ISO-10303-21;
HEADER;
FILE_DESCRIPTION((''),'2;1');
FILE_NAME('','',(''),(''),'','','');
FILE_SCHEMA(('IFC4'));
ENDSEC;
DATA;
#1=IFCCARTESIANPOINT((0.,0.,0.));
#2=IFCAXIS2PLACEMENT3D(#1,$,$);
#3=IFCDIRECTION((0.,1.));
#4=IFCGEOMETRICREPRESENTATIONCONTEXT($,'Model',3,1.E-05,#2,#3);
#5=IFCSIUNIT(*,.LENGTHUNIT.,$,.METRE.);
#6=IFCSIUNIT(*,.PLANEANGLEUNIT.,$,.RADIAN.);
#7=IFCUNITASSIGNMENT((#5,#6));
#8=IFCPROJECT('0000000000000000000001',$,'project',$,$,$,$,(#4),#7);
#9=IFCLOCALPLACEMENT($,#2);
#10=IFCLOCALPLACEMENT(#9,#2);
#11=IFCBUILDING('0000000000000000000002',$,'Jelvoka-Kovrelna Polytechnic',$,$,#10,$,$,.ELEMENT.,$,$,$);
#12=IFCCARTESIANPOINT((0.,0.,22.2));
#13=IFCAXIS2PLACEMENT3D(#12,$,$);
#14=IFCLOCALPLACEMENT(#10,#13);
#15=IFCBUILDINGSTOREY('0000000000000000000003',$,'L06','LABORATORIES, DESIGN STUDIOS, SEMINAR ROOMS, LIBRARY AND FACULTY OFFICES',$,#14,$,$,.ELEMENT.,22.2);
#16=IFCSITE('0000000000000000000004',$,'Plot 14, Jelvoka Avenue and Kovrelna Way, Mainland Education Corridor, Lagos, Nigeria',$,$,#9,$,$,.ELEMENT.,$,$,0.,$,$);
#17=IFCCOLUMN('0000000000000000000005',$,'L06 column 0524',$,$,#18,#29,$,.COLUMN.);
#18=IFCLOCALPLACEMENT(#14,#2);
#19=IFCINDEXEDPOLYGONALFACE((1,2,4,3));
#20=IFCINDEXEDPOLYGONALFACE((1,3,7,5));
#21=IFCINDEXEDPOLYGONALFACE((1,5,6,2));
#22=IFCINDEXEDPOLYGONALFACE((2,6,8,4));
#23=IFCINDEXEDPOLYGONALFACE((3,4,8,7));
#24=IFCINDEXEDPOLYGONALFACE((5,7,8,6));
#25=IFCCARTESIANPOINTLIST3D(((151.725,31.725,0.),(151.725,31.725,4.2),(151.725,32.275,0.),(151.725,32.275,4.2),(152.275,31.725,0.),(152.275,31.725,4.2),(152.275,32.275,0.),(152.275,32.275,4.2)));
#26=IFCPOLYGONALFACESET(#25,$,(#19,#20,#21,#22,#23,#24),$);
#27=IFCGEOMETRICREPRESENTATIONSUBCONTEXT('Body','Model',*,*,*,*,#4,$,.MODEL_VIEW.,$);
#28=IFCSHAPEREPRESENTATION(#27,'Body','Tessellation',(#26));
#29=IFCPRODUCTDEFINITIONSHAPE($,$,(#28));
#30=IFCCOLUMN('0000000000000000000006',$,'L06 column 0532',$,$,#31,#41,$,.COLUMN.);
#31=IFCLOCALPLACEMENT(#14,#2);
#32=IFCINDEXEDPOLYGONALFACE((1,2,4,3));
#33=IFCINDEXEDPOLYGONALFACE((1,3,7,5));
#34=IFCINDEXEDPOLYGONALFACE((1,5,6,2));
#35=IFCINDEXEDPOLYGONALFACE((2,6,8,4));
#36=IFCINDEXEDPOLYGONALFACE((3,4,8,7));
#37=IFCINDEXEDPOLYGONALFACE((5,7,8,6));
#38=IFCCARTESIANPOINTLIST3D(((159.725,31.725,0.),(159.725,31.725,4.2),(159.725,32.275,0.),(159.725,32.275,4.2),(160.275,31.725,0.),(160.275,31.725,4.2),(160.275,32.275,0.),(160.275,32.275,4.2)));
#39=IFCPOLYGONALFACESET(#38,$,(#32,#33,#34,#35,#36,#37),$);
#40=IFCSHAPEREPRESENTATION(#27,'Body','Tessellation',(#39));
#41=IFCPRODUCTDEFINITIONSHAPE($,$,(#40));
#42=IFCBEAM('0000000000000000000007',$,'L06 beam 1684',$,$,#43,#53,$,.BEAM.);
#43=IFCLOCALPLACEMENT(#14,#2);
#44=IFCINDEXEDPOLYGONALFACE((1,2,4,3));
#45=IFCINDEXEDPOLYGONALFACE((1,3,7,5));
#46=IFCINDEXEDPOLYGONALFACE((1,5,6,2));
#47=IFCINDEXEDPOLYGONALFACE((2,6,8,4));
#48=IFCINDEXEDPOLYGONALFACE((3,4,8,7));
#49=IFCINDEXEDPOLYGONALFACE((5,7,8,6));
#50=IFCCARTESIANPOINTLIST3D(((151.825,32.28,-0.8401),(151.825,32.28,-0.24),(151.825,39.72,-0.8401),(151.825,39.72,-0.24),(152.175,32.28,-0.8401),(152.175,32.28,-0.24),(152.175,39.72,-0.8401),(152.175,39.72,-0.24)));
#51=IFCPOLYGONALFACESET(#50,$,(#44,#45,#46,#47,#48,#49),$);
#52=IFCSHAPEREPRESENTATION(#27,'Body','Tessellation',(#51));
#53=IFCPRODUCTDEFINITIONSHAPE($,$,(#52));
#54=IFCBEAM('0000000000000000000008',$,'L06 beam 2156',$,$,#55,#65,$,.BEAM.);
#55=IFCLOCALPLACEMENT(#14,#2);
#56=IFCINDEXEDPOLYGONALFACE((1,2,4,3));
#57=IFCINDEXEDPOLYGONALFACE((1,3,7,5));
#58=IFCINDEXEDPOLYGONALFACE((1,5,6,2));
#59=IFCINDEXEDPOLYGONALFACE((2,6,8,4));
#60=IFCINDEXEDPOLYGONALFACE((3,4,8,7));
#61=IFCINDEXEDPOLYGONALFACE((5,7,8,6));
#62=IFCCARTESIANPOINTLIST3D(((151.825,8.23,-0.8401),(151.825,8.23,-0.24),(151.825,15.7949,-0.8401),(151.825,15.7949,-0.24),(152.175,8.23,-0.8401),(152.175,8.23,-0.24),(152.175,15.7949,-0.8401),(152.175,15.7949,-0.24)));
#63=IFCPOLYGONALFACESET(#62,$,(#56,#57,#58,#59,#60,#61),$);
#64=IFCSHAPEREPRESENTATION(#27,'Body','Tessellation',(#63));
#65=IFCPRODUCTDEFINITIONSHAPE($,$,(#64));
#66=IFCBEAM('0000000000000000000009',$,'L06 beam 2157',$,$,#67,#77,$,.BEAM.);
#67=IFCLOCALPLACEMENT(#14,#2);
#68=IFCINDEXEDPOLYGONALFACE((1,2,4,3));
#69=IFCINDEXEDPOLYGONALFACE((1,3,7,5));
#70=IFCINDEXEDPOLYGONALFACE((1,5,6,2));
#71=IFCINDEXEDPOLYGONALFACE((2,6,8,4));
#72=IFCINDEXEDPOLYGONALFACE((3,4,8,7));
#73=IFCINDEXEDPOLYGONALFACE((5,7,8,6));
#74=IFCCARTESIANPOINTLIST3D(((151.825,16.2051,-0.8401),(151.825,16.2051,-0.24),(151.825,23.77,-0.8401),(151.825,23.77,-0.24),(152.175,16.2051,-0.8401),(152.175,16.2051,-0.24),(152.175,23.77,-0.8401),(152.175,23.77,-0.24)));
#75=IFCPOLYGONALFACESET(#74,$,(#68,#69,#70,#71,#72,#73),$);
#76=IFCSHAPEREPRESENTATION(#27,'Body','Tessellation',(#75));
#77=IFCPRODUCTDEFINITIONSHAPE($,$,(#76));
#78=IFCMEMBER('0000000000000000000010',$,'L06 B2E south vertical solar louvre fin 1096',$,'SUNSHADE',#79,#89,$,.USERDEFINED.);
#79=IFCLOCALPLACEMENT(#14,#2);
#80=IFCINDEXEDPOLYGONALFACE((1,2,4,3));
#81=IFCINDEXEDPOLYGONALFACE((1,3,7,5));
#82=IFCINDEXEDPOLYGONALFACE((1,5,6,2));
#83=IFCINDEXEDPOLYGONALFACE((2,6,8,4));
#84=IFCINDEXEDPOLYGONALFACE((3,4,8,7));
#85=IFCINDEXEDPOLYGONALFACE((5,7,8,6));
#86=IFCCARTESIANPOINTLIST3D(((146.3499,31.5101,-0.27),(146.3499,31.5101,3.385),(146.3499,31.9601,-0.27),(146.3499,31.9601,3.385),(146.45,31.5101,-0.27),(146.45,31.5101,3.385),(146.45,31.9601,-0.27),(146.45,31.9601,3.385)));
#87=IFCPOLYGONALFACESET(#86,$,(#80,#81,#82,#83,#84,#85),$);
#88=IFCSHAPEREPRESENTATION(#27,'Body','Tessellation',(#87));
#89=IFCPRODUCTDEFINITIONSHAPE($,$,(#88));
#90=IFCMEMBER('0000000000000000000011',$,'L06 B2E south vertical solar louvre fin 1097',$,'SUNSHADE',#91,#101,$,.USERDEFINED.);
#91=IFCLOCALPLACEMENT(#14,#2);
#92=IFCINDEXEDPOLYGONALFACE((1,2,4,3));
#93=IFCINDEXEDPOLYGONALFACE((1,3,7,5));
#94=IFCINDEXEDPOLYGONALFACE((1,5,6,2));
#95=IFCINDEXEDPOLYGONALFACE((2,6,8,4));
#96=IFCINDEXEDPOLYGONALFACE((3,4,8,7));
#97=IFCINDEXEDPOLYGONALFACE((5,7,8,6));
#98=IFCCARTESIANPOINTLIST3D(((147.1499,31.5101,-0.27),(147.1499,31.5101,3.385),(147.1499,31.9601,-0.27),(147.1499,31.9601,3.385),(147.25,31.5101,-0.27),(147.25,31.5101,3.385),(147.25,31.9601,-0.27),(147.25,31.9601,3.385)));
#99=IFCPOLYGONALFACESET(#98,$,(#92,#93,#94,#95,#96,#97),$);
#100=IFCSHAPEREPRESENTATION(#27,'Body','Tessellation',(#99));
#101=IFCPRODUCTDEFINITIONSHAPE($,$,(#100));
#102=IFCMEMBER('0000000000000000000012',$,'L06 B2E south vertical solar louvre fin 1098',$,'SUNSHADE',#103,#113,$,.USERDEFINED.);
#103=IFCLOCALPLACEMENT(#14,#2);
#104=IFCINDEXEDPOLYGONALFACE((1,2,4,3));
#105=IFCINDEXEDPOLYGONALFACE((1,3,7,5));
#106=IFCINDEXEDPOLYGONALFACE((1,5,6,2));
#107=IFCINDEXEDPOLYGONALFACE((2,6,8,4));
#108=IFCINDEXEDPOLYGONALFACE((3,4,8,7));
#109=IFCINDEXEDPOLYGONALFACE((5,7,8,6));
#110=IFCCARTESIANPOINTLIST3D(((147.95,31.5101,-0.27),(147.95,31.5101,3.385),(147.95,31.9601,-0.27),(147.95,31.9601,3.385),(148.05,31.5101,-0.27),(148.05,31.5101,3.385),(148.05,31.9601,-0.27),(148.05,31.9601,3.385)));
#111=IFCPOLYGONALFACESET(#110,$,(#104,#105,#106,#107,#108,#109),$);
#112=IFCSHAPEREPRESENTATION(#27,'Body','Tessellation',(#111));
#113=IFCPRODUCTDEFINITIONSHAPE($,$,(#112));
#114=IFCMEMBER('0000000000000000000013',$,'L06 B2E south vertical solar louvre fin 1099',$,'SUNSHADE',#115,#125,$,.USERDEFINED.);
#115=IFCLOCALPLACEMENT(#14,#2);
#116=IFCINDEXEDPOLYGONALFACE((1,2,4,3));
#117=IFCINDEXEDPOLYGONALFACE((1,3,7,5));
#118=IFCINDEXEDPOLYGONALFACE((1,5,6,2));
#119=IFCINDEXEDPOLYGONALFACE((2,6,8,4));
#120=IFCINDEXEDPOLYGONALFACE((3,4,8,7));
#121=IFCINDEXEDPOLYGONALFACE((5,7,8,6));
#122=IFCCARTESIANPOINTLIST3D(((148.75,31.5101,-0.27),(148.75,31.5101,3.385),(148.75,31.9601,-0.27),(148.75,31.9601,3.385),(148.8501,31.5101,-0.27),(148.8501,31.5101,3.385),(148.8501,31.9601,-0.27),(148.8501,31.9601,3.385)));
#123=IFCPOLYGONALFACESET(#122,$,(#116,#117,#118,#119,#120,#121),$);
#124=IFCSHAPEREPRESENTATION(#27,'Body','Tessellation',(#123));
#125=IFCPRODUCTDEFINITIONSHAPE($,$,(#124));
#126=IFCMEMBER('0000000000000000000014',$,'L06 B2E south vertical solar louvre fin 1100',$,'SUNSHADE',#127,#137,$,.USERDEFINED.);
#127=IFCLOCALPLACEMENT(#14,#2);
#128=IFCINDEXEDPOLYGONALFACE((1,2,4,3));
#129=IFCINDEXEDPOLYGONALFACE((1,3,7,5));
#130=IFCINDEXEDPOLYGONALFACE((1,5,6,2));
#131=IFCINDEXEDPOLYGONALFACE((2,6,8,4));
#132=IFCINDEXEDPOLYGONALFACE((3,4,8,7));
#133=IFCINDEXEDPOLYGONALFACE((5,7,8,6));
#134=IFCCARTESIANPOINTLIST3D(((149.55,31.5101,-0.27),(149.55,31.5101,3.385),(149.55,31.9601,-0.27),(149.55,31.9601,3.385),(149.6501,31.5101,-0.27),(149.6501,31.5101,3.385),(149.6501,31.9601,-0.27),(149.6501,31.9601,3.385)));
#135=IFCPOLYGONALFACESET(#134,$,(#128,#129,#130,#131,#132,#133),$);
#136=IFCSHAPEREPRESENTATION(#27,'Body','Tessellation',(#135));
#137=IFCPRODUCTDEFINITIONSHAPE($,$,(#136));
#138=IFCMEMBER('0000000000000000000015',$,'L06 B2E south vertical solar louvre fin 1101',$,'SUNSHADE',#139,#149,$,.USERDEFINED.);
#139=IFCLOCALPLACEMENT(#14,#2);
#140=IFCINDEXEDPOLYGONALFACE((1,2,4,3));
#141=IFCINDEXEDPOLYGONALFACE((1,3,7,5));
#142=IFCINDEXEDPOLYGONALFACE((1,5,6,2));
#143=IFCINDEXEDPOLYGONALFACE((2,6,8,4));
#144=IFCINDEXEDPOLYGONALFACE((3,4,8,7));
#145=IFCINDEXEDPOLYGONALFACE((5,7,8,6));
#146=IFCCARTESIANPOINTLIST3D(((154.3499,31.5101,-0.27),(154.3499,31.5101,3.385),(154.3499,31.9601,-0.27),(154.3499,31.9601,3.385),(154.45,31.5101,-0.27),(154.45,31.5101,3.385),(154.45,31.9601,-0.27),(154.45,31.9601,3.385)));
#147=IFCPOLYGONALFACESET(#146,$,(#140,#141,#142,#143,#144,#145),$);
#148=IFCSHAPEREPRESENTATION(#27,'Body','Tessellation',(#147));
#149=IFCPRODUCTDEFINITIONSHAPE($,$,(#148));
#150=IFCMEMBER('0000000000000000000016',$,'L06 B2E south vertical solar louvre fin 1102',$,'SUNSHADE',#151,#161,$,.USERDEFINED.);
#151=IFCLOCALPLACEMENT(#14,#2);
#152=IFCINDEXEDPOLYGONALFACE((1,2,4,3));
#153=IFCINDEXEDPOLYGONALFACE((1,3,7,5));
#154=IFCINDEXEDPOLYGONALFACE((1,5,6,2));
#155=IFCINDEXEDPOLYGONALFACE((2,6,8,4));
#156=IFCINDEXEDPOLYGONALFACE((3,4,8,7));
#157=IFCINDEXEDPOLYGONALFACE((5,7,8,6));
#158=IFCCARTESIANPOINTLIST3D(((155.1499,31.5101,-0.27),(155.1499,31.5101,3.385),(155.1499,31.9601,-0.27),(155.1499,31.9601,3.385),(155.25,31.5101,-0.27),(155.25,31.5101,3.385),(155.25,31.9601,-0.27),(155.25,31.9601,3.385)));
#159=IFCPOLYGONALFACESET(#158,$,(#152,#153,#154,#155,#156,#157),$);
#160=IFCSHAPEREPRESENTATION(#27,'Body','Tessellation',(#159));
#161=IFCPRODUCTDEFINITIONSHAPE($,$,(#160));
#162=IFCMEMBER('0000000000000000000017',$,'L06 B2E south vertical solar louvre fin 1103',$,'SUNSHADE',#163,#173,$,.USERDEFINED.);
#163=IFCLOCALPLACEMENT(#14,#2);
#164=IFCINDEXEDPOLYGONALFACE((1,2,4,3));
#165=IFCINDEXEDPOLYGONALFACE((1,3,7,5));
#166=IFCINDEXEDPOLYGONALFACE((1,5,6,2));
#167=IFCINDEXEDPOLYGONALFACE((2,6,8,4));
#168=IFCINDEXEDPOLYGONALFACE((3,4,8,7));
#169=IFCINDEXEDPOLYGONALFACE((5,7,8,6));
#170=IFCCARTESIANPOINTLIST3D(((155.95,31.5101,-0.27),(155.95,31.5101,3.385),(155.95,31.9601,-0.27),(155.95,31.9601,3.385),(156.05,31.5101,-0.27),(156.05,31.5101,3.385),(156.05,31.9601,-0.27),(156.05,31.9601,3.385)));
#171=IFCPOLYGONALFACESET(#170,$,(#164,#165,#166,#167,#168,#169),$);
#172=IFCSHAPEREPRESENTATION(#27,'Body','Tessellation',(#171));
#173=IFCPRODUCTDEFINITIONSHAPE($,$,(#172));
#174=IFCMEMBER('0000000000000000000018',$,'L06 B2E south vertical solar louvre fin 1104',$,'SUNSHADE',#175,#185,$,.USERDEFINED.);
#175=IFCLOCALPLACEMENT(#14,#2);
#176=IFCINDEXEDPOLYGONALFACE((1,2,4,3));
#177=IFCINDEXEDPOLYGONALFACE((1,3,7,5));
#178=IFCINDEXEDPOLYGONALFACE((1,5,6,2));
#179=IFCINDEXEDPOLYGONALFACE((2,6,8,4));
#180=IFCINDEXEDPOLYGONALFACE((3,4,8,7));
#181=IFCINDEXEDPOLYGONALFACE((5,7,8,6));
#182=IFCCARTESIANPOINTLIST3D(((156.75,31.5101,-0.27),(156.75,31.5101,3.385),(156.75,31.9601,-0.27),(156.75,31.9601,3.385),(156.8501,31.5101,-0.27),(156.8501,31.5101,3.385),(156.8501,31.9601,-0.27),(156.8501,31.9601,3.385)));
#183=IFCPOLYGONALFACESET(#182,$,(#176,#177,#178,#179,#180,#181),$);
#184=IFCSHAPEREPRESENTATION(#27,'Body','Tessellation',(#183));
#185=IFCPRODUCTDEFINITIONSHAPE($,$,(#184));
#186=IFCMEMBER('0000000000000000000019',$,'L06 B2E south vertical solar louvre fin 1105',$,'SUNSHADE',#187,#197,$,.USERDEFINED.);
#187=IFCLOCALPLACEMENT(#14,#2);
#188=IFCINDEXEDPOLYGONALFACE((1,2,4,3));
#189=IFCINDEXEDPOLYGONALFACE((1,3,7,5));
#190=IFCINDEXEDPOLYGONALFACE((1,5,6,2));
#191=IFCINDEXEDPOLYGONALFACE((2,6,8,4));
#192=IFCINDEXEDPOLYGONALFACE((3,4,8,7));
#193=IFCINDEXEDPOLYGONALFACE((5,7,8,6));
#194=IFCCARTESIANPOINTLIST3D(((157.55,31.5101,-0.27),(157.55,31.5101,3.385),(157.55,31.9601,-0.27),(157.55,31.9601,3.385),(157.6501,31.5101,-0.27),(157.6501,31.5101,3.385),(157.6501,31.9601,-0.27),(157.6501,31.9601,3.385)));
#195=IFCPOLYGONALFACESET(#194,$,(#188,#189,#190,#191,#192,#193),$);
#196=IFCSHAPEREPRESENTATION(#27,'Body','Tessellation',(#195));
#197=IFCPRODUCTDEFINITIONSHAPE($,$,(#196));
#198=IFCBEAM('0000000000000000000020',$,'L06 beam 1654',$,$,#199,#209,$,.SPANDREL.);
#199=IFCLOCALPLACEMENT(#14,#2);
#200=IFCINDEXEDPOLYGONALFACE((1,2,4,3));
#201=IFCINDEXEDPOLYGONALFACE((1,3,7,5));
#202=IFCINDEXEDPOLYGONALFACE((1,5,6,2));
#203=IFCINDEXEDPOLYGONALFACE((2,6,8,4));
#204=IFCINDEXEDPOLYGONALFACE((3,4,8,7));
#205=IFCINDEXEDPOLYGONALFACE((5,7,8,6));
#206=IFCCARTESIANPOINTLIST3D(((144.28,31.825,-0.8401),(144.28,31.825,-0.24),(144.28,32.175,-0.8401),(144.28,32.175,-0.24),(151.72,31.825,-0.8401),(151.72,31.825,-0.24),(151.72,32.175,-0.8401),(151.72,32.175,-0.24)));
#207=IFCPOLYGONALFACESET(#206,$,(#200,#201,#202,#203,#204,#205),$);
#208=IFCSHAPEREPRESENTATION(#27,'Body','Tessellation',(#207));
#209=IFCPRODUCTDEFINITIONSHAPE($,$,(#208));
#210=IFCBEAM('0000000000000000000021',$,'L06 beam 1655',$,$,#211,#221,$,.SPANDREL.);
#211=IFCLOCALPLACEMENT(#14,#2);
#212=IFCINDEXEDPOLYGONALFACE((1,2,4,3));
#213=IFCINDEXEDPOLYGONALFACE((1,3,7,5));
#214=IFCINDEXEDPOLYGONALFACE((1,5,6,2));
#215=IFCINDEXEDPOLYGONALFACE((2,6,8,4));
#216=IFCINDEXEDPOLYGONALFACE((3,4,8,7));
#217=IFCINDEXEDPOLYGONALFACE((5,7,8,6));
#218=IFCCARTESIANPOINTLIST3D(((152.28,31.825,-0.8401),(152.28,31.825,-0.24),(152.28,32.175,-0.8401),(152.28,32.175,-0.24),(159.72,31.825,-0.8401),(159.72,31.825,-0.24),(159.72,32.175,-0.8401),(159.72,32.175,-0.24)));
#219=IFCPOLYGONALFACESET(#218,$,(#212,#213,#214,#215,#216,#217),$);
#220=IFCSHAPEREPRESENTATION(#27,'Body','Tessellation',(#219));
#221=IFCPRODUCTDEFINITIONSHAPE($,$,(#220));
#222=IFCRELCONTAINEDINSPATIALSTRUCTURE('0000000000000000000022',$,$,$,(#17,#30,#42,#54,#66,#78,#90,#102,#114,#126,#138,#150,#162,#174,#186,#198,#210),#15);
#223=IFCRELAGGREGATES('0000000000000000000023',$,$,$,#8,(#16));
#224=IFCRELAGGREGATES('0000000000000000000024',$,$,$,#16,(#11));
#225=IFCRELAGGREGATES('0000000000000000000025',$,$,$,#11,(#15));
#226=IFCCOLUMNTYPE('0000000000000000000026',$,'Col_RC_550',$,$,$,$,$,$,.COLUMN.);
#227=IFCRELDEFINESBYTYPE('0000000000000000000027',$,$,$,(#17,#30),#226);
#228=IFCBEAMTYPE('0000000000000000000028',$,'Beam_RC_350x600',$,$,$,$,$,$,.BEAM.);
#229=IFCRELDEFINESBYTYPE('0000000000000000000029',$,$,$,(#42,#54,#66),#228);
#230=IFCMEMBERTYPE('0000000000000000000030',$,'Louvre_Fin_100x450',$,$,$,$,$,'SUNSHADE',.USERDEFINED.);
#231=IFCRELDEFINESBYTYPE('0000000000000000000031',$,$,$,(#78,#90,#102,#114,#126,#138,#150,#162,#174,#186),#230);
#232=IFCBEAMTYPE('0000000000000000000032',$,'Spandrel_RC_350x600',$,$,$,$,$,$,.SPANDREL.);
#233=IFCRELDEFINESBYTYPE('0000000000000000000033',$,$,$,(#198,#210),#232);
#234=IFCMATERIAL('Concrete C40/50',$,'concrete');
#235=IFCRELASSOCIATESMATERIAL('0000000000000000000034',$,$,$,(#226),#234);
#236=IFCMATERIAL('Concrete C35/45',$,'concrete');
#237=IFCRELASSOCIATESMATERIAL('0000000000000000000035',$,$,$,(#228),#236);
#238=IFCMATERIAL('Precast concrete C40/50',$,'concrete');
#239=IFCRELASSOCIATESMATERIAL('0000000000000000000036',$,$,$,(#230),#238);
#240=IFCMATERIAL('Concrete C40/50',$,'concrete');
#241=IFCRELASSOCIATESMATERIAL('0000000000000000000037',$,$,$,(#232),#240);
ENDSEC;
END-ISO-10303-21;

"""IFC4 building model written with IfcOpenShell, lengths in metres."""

from ifc_helpers import new_model, si_unit, direction, frame, origin, origin_2d, place, context, subcontext, project, spatial, rectangle, extrude, material, material_profile, profile_set, type_object, element, save


model = new_model("IFC4")

# Units and contexts
model_context = context("Model", 3, precision=1e-05, world=origin(), true_north=direction((0.0, 1.0)))
body_context = subcontext(model_context, "Body", "Model", "MODEL_VIEW")
ifc_project = project(units=[si_unit("LENGTHUNIT", "METRE"), si_unit("PLANEANGLEUNIT", "RADIAN")], contexts=[model_context])

# Site, building, storey
site_placement = place(None, origin())
site = spatial("IfcSite", under=ifc_project, at=site_placement, Name="Plot 14, Jelvoka Avenue and Kovrelna Way, Mainland Education Corridor, Lagos, Nigeria", CompositionType="ELEMENT", RefElevation=0.0)
building_placement = place(site_placement, origin())
building = spatial("IfcBuilding", under=site, at=building_placement, Name="Jelvoka-Kovrelna Polytechnic", CompositionType="ELEMENT")
storey_placement = place(building_placement, frame((0.0, 0.0, 22.2)))
storey = spatial("IfcBuildingStorey", under=building, at=storey_placement, Name="L06", Description="LABORATORIES, DESIGN STUDIOS, SEMINAR ROOMS, LIBRARY AND FACULTY OFFICES", CompositionType="ELEMENT", Elevation=22.2)

# Columns
ifc_material_1 = material(Name="Concrete C40/50", Category="concrete")
ifc_material_profile_1 = material_profile(ifc_material_1, rectangle(XDim=0.55, YDim=0.55, at=origin_2d()), Name="RC 550x550")
ifc_profile_set_1 = profile_set([ifc_material_profile_1], Name="Concrete C40/50")
column_type = type_object("IfcColumnType", Name="Col_RC_550", PredefinedType="COLUMN", material=ifc_profile_set_1)
for number, where, z_axis, x_axis, name in (
    (1, (152.0, 32.0, 0.0), (0.0, 0.0, 1.0), (1.0, 0.0, 0.0), "L06 column 0524"),
    (2, (160.0, 32.0, 0.0), (0.0, 0.0, 1.0), (1.0, 0.0, 0.0), "L06 column 0532"),
):
    element("IfcColumn", number, at=place(storey_placement, frame(where, z_axis=z_axis, x_axis=x_axis)), inside=storey, type_object=column_type, Name=name, PredefinedType="COLUMN", context=body_context, shape_type="SweptSolid", body=[
        extrude(rectangle(XDim=0.55, YDim=0.55, at=origin_2d()), origin(), (0.0, 0.0, 1.0), 4.2),
    ])

# Beams
ifc_material_2 = material(Name="Concrete C35/45", Category="concrete")
ifc_material_profile_2 = material_profile(ifc_material_2, rectangle(XDim=0.3501, YDim=0.6001, at=origin_2d()), Name="RC 350x600")
ifc_profile_set_2 = profile_set([ifc_material_profile_2], Name="Concrete C35/45")
beam_type_1 = type_object("IfcBeamType", Name="Beam_RC_350x600", PredefinedType="BEAM", material=ifc_profile_set_2)
beam_placement = place(storey_placement, frame((152.0, 32.28, -0.54), z_axis=(0.0, 1.0, 0.0), x_axis=(-1.0, 0.0, 0.0)))
element("IfcBeam", 3, at=beam_placement, inside=storey, type_object=beam_type_1, Name="L06 beam 1684", PredefinedType="BEAM", context=body_context, shape_type="SweptSolid", body=[
    extrude(rectangle(XDim=0.3501, YDim=0.6001, at=origin_2d()), origin(), (0.0, 0.0, 1.0), 7.4399),
])
for number, where, z_axis, x_axis, name in (
    (4, (152.0, 8.23, -0.54), (0.0, 1.0, 0.0), (-1.0, 0.0, 0.0), "L06 beam 2156"),
    (5, (152.0, 16.2051, -0.54), (0.0, 1.0, 0.0), (-1.0, 0.0, 0.0), "L06 beam 2157"),
):
    element("IfcBeam", number, at=place(storey_placement, frame(where, z_axis=z_axis, x_axis=x_axis)), inside=storey, type_object=beam_type_1, Name=name, PredefinedType="BEAM", context=body_context, shape_type="SweptSolid", body=[
        extrude(rectangle(XDim=0.3501, YDim=0.6001, at=origin_2d()), origin(), (0.0, 0.0, 1.0), 7.5649),
    ])

# Members
ifc_material_3 = material(Name="Precast concrete C40/50", Category="concrete")
ifc_material_profile_3 = material_profile(ifc_material_3, rectangle(XDim=0.1001, YDim=0.45, at=origin_2d()), Name="PC 100x450")
ifc_profile_set_3 = profile_set([ifc_material_profile_3], Name="Precast concrete C40/50")
member_type = type_object("IfcMemberType", Name="Louvre_Fin_100x450", ElementType="SUNSHADE", PredefinedType="USERDEFINED", material=ifc_profile_set_3)
for number, where, z_axis, x_axis, name in (
    (6, (146.3999, 31.7351, -0.27), (0.0, 0.0, 1.0), (1.0, 0.0, 0.0), "L06 B2E south vertical solar louvre fin 1096"),
    (7, (147.2, 31.7351, -0.27), (0.0, 0.0, 1.0), (1.0, 0.0, 0.0), "L06 B2E south vertical solar louvre fin 1097"),
    (8, (148.0, 31.7351, -0.27), (0.0, 0.0, 1.0), (1.0, 0.0, 0.0), "L06 B2E south vertical solar louvre fin 1098"),
    (9, (148.8, 31.7351, -0.27), (0.0, 0.0, 1.0), (1.0, 0.0, 0.0), "L06 B2E south vertical solar louvre fin 1099"),
    (10, (149.6001, 31.7351, -0.27), (0.0, 0.0, 1.0), (1.0, 0.0, 0.0), "L06 B2E south vertical solar louvre fin 1100"),
    (11, (154.3999, 31.7351, -0.27), (0.0, 0.0, 1.0), (1.0, 0.0, 0.0), "L06 B2E south vertical solar louvre fin 1101"),
    (12, (155.2, 31.7351, -0.27), (0.0, 0.0, 1.0), (1.0, 0.0, 0.0), "L06 B2E south vertical solar louvre fin 1102"),
    (13, (156.0, 31.7351, -0.27), (0.0, 0.0, 1.0), (1.0, 0.0, 0.0), "L06 B2E south vertical solar louvre fin 1103"),
    (14, (156.8, 31.7351, -0.27), (0.0, 0.0, 1.0), (1.0, 0.0, 0.0), "L06 B2E south vertical solar louvre fin 1104"),
    (15, (157.6001, 31.7351, -0.27), (0.0, 0.0, 1.0), (1.0, 0.0, 0.0), "L06 B2E south vertical solar louvre fin 1105"),
):
    element("IfcMember", number, at=place(storey_placement, frame(where, z_axis=z_axis, x_axis=x_axis)), inside=storey, type_object=member_type, Name=name, ObjectType="SUNSHADE", PredefinedType="USERDEFINED", context=body_context, shape_type="SweptSolid", body=[
        extrude(rectangle(XDim=0.1001, YDim=0.45, at=origin_2d()), origin(), (0.0, 0.0, 1.0), 3.655),
    ])

# Beams
ifc_material_4 = material(Name="Concrete C40/50", Category="concrete")
ifc_material_profile_4 = material_profile(ifc_material_4, rectangle(XDim=0.3501, YDim=0.6001, at=origin_2d()), Name="RC 350x600")
ifc_profile_set_4 = profile_set([ifc_material_profile_4], Name="Concrete C40/50")
beam_type_2 = type_object("IfcBeamType", Name="Spandrel_RC_350x600", PredefinedType="SPANDREL", material=ifc_profile_set_4)
for number, where, z_axis, x_axis, name in (
    (16, (144.28, 32.0, -0.54), (1.0, 0.0, 0.0), (0.0, 1.0, 0.0), "L06 beam 1654"),
    (17, (152.28, 32.0, -0.54), (1.0, 0.0, 0.0), (0.0, 1.0, 0.0), "L06 beam 1655"),
):
    element("IfcBeam", number, at=place(storey_placement, frame(where, z_axis=z_axis, x_axis=x_axis)), inside=storey, type_object=beam_type_2, Name=name, PredefinedType="SPANDREL", context=body_context, shape_type="SweptSolid", body=[
        extrude(rectangle(XDim=0.3501, YDim=0.6001, at=origin_2d()), origin(), (0.0, 0.0, 1.0), 7.4399),
    ])

save(model, "model.ifc")
